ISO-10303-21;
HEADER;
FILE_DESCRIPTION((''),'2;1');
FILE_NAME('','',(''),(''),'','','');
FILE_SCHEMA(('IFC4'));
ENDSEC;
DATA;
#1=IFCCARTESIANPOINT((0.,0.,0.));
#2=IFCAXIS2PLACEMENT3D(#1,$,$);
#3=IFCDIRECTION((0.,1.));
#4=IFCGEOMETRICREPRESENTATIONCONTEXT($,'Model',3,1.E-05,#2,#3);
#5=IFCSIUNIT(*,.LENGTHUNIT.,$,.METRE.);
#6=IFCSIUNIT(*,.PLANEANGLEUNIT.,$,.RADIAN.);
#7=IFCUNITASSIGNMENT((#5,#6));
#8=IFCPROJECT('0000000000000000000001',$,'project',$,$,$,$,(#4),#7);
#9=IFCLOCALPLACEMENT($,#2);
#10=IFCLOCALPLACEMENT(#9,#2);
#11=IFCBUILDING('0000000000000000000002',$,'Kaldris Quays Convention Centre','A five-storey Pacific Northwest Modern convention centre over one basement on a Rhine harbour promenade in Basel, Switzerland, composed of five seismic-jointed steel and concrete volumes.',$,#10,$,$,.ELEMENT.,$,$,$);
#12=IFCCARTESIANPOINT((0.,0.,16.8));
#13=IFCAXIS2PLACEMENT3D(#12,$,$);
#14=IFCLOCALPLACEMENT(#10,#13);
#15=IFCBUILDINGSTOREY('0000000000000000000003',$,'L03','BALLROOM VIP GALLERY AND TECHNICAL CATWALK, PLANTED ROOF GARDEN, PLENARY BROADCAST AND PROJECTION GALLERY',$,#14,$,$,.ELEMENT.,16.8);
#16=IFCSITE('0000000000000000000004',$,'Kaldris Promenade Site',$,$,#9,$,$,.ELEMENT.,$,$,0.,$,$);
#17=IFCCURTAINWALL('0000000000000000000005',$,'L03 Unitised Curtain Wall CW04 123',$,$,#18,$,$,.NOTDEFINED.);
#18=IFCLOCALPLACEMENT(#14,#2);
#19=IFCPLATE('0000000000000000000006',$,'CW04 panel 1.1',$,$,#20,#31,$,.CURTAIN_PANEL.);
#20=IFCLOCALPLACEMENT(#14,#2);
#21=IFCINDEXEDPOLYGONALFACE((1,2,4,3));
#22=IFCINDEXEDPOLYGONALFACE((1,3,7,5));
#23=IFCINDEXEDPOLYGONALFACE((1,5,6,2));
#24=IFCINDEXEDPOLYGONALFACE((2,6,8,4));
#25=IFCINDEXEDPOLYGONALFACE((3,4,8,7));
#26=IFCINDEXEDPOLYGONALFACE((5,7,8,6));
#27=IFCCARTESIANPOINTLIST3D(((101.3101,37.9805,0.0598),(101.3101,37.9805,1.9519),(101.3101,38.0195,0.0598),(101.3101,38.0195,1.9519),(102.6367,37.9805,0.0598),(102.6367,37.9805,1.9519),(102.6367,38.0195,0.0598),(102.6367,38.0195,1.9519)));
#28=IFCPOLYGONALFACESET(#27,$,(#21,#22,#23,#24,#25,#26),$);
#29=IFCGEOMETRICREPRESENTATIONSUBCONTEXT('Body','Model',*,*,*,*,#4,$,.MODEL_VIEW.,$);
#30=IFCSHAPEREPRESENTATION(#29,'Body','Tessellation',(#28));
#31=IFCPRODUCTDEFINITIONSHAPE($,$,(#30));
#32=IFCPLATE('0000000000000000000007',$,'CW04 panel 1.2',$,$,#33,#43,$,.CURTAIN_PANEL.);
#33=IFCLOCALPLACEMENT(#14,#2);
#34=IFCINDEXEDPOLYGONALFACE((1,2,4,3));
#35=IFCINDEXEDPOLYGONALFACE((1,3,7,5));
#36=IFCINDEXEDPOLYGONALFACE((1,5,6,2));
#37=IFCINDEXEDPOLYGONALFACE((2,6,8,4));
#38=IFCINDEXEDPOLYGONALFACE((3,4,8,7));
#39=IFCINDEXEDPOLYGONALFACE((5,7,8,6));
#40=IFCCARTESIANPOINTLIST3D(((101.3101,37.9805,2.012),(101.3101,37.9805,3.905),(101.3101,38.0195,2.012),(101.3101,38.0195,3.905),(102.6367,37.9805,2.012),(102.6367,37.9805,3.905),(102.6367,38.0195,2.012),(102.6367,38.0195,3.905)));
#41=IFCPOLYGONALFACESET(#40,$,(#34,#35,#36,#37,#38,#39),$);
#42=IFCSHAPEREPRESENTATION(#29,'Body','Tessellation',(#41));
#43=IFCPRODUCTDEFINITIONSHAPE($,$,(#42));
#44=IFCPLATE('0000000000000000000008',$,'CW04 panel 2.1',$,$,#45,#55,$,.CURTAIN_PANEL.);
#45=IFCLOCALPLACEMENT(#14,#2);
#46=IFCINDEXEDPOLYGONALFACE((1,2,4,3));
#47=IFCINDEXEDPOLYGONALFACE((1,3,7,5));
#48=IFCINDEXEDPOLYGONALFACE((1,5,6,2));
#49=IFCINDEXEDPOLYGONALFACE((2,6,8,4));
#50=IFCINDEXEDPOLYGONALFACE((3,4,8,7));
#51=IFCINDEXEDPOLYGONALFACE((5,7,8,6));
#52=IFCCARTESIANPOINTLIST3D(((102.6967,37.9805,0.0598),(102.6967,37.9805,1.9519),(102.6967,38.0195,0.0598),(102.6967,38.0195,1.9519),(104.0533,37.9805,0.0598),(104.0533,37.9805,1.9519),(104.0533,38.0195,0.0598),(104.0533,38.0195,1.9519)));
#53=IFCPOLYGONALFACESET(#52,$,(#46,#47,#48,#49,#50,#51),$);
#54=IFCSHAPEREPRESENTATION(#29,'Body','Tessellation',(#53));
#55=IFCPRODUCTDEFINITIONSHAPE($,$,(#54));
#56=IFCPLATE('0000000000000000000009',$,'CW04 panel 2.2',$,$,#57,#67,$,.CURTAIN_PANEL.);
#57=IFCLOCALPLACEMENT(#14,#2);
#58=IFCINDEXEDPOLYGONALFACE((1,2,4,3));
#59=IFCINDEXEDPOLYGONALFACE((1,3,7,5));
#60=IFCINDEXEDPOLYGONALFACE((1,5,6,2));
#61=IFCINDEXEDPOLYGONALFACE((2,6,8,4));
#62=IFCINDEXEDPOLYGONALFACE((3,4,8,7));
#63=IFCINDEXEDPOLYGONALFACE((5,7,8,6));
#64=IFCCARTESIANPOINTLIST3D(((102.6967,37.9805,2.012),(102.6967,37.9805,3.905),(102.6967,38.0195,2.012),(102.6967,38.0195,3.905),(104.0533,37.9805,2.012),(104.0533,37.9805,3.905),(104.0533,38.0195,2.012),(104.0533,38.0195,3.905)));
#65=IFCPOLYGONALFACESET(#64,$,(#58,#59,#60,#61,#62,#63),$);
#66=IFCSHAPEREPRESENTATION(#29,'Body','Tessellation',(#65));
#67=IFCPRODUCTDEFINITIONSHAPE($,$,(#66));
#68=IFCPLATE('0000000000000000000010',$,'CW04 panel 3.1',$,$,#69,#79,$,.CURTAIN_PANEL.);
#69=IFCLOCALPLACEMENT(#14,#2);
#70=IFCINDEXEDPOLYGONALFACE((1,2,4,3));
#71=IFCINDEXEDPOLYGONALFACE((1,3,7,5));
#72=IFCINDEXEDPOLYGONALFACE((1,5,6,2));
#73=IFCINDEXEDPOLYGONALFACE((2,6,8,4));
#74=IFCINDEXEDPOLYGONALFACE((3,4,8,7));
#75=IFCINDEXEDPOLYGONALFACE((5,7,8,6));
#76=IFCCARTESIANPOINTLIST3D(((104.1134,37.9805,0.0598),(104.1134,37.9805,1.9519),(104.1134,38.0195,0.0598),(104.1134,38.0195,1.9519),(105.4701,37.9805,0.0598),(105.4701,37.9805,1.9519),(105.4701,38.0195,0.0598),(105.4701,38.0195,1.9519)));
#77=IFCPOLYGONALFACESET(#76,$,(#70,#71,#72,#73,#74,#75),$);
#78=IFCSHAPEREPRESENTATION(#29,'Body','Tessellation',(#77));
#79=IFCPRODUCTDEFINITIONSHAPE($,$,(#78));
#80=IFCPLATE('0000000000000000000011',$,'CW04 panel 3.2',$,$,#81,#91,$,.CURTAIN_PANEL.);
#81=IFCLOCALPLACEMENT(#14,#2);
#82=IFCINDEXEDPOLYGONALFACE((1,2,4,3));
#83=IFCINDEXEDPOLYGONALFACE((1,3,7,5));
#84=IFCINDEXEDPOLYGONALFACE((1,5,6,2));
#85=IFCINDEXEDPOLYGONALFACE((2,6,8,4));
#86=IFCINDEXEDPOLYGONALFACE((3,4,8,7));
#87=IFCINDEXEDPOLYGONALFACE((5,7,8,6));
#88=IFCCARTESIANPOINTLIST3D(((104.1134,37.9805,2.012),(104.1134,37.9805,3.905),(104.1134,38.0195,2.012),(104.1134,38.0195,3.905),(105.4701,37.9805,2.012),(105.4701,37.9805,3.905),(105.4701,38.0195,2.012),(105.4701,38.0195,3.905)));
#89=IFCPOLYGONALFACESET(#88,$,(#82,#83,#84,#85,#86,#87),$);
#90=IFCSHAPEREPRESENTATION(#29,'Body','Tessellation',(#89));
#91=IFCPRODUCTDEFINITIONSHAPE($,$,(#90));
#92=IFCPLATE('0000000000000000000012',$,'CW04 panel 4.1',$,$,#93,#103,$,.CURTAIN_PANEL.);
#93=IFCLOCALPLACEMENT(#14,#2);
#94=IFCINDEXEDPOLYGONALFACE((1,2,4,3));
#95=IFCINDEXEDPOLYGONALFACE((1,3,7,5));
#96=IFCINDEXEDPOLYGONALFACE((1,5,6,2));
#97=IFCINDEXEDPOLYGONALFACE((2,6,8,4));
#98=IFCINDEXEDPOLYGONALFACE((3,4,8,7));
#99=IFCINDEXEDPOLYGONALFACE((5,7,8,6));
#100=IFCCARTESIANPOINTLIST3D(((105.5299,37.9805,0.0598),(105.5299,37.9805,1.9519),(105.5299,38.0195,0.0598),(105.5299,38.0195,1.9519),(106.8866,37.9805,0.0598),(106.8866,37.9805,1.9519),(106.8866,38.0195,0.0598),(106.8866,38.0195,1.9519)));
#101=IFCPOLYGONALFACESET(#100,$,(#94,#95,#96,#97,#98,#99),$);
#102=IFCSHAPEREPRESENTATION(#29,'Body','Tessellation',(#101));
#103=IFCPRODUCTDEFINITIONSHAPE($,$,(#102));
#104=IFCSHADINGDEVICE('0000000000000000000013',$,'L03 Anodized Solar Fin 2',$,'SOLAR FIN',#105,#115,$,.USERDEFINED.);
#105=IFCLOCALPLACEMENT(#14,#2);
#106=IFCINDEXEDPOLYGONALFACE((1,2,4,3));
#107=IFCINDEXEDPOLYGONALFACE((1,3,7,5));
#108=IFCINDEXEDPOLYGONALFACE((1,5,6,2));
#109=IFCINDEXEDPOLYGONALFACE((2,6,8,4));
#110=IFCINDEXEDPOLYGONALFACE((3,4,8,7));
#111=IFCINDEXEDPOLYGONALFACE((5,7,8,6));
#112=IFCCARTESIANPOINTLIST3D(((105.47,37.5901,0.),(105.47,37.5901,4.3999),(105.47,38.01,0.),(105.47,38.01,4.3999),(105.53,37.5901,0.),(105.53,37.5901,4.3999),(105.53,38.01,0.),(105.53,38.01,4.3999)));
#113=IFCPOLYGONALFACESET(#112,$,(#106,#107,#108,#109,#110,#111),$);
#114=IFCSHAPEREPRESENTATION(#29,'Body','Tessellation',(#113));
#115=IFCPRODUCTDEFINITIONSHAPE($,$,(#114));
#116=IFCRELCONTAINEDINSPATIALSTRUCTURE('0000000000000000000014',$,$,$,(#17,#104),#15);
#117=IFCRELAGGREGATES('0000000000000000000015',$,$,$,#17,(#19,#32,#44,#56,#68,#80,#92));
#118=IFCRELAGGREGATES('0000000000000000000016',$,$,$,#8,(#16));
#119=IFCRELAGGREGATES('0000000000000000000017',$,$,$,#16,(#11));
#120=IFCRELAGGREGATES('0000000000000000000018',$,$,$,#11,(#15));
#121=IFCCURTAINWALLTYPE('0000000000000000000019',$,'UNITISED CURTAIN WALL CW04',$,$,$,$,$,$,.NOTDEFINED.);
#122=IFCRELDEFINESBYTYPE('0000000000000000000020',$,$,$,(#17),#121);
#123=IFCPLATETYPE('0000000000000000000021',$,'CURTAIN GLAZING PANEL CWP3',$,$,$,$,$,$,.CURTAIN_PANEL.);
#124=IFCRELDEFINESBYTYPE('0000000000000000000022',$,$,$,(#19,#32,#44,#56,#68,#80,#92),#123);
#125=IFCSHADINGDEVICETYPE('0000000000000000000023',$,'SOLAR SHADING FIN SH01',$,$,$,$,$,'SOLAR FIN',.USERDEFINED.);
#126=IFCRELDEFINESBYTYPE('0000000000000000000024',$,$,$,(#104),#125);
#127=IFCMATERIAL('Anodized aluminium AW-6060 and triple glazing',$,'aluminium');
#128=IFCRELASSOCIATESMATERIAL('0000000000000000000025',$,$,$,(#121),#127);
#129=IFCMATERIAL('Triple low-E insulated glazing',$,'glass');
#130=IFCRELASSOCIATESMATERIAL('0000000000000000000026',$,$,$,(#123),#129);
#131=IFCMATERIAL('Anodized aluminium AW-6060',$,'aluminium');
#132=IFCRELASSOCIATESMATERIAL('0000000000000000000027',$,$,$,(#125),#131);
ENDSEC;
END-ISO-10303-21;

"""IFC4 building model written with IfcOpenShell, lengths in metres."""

from ifc_helpers import new_model, si_unit, direction, frame, origin, origin_2d, place, context, subcontext, project, spatial, rectangle, extrude, material, type_object, element, aggregate, save


model = new_model("IFC4")

# Units and contexts
model_context = context("Model", 3, precision=1e-05, world=origin(), true_north=direction((0.0, 1.0)))
body_context = subcontext(model_context, "Body", "Model", "MODEL_VIEW")
ifc_project = project(units=[si_unit("LENGTHUNIT", "METRE"), si_unit("PLANEANGLEUNIT", "RADIAN")], contexts=[model_context])

# Site, building, storey
site_placement = place(None, origin())
site = spatial("IfcSite", under=ifc_project, at=site_placement, Name="Kaldris Promenade Site", CompositionType="ELEMENT", RefElevation=0.0)
building_placement = place(site_placement, origin())
building = spatial("IfcBuilding", under=site, at=building_placement, Name="Kaldris Quays Convention Centre", Description="A five-storey Pacific Northwest Modern convention centre over one basement on a Rhine harbour promenade in Basel, Switzerland, composed of five seismic-jointed steel and concrete volumes.", CompositionType="ELEMENT")
storey_placement = place(building_placement, frame((0.0, 0.0, 16.8)))
storey = spatial("IfcBuildingStorey", under=building, at=storey_placement, Name="L03", Description="BALLROOM VIP GALLERY AND TECHNICAL CATWALK, PLANTED ROOF GARDEN, PLENARY BROADCAST AND PROJECTION GALLERY", CompositionType="ELEMENT", Elevation=16.8)

# Curtain wall
ifc_material_1 = material(Name="Anodized aluminium AW-6060 and triple glazing", Category="aluminium")
curtain_wall_type = type_object("IfcCurtainWallType", Name="UNITISED CURTAIN WALL CW04", PredefinedType="NOTDEFINED", material=ifc_material_1)
curtain_wall_placement = place(storey_placement, origin())
curtain_wall = element("IfcCurtainWall", 1, at=curtain_wall_placement, inside=storey, type_object=curtain_wall_type, Name="L03 Unitised Curtain Wall CW04 123", PredefinedType="NOTDEFINED")
ifc_material_2 = material(Name="Anodized aluminium AW-6060", Category="aluminium")

# Plates
ifc_material_3 = material(Name="Triple low-E insulated glazing", Category="glass")
plate_type = type_object("IfcPlateType", Name="CURTAIN GLAZING PANEL CWP3", PredefinedType="CURTAIN_PANEL", material=ifc_material_3)
plate_1_placement = place(storey_placement, frame((101.9734, 38.0, 0.0598), z_axis=(0.0, 0.0, 1.0), x_axis=(1.0, 0.0, 0.0)))
plate_1 = element("IfcPlate", 2, at=plate_1_placement, type_object=plate_type, Name="CW04 panel 1.1", PredefinedType="CURTAIN_PANEL", context=body_context, shape_type="SweptSolid", body=[
    extrude(rectangle(XDim=1.3267, YDim=0.0391, at=origin_2d()), origin(), (0.0, 0.0, 1.0), 1.8921),
])
plate_2_placement = place(storey_placement, frame((101.9734, 38.0, 2.012), z_axis=(0.0, 0.0, 1.0), x_axis=(1.0, 0.0, 0.0)))
plate_2 = element("IfcPlate", 3, at=plate_2_placement, type_object=plate_type, Name="CW04 panel 1.2", PredefinedType="CURTAIN_PANEL", context=body_context, shape_type="SweptSolid", body=[
    extrude(rectangle(XDim=1.3267, YDim=0.0391, at=origin_2d()), origin(), (0.0, 0.0, 1.0), 1.8931),
])
plate_3_placement = place(storey_placement, frame((103.375, 38.0, 0.0598), z_axis=(0.0, 0.0, 1.0), x_axis=(1.0, 0.0, 0.0)))
plate_3 = element("IfcPlate", 4, at=plate_3_placement, type_object=plate_type, Name="CW04 panel 2.1", PredefinedType="CURTAIN_PANEL", context=body_context, shape_type="SweptSolid", body=[
    extrude(rectangle(XDim=1.3567, YDim=0.0391, at=origin_2d()), origin(), (0.0, 0.0, 1.0), 1.8921),
])
plate_4_placement = place(storey_placement, frame((103.375, 38.0, 2.012), z_axis=(0.0, 0.0, 1.0), x_axis=(1.0, 0.0, 0.0)))
plate_4 = element("IfcPlate", 5, at=plate_4_placement, type_object=plate_type, Name="CW04 panel 2.2", PredefinedType="CURTAIN_PANEL", context=body_context, shape_type="SweptSolid", body=[
    extrude(rectangle(XDim=1.3567, YDim=0.0391, at=origin_2d()), origin(), (0.0, 0.0, 1.0), 1.8931),
])
plate_5_placement = place(storey_placement, frame((104.7917, 38.0, 0.0598), z_axis=(0.0, 0.0, 1.0), x_axis=(1.0, 0.0, 0.0)))
plate_5 = element("IfcPlate", 6, at=plate_5_placement, type_object=plate_type, Name="CW04 panel 3.1", PredefinedType="CURTAIN_PANEL", context=body_context, shape_type="SweptSolid", body=[
    extrude(rectangle(XDim=1.3567, YDim=0.0391, at=origin_2d()), origin(), (0.0, 0.0, 1.0), 1.8921),
])
plate_6_placement = place(storey_placement, frame((104.7917, 38.0, 2.012), z_axis=(0.0, 0.0, 1.0), x_axis=(1.0, 0.0, 0.0)))
plate_6 = element("IfcPlate", 7, at=plate_6_placement, type_object=plate_type, Name="CW04 panel 3.2", PredefinedType="CURTAIN_PANEL", context=body_context, shape_type="SweptSolid", body=[
    extrude(rectangle(XDim=1.3567, YDim=0.0391, at=origin_2d()), origin(), (0.0, 0.0, 1.0), 1.8931),
])
plate_7_placement = place(storey_placement, frame((106.2083, 38.0, 0.0598), z_axis=(0.0, 0.0, 1.0), x_axis=(1.0, 0.0, 0.0)))
plate_7 = element("IfcPlate", 8, at=plate_7_placement, type_object=plate_type, Name="CW04 panel 4.1", PredefinedType="CURTAIN_PANEL", context=body_context, shape_type="SweptSolid", body=[
    extrude(rectangle(XDim=1.3567, YDim=0.0391, at=origin_2d()), origin(), (0.0, 0.0, 1.0), 1.8921),
])
aggregate(curtain_wall, [plate_1, plate_2, plate_3, plate_4, plate_5, plate_6, plate_7])

# Shading device
shading_device_type = type_object("IfcShadingDeviceType", Name="SOLAR SHADING FIN SH01", ElementType="SOLAR FIN", PredefinedType="USERDEFINED", material=ifc_material_2)
shading_device_placement = place(storey_placement, frame((105.5, 37.8, 0.0), z_axis=(0.0, 0.0, 1.0), x_axis=(1.0, 0.0, 0.0)))
element("IfcShadingDevice", 9, at=shading_device_placement, inside=storey, type_object=shading_device_type, Name="L03 Anodized Solar Fin 2", ObjectType="SOLAR FIN", PredefinedType="USERDEFINED", context=body_context, shape_type="SweptSolid", body=[
    extrude(rectangle(XDim=0.0601, YDim=0.4199, at=origin_2d()), origin(), (0.0, 0.0, 1.0), 4.3999),
])

save(model, "model.ifc")
